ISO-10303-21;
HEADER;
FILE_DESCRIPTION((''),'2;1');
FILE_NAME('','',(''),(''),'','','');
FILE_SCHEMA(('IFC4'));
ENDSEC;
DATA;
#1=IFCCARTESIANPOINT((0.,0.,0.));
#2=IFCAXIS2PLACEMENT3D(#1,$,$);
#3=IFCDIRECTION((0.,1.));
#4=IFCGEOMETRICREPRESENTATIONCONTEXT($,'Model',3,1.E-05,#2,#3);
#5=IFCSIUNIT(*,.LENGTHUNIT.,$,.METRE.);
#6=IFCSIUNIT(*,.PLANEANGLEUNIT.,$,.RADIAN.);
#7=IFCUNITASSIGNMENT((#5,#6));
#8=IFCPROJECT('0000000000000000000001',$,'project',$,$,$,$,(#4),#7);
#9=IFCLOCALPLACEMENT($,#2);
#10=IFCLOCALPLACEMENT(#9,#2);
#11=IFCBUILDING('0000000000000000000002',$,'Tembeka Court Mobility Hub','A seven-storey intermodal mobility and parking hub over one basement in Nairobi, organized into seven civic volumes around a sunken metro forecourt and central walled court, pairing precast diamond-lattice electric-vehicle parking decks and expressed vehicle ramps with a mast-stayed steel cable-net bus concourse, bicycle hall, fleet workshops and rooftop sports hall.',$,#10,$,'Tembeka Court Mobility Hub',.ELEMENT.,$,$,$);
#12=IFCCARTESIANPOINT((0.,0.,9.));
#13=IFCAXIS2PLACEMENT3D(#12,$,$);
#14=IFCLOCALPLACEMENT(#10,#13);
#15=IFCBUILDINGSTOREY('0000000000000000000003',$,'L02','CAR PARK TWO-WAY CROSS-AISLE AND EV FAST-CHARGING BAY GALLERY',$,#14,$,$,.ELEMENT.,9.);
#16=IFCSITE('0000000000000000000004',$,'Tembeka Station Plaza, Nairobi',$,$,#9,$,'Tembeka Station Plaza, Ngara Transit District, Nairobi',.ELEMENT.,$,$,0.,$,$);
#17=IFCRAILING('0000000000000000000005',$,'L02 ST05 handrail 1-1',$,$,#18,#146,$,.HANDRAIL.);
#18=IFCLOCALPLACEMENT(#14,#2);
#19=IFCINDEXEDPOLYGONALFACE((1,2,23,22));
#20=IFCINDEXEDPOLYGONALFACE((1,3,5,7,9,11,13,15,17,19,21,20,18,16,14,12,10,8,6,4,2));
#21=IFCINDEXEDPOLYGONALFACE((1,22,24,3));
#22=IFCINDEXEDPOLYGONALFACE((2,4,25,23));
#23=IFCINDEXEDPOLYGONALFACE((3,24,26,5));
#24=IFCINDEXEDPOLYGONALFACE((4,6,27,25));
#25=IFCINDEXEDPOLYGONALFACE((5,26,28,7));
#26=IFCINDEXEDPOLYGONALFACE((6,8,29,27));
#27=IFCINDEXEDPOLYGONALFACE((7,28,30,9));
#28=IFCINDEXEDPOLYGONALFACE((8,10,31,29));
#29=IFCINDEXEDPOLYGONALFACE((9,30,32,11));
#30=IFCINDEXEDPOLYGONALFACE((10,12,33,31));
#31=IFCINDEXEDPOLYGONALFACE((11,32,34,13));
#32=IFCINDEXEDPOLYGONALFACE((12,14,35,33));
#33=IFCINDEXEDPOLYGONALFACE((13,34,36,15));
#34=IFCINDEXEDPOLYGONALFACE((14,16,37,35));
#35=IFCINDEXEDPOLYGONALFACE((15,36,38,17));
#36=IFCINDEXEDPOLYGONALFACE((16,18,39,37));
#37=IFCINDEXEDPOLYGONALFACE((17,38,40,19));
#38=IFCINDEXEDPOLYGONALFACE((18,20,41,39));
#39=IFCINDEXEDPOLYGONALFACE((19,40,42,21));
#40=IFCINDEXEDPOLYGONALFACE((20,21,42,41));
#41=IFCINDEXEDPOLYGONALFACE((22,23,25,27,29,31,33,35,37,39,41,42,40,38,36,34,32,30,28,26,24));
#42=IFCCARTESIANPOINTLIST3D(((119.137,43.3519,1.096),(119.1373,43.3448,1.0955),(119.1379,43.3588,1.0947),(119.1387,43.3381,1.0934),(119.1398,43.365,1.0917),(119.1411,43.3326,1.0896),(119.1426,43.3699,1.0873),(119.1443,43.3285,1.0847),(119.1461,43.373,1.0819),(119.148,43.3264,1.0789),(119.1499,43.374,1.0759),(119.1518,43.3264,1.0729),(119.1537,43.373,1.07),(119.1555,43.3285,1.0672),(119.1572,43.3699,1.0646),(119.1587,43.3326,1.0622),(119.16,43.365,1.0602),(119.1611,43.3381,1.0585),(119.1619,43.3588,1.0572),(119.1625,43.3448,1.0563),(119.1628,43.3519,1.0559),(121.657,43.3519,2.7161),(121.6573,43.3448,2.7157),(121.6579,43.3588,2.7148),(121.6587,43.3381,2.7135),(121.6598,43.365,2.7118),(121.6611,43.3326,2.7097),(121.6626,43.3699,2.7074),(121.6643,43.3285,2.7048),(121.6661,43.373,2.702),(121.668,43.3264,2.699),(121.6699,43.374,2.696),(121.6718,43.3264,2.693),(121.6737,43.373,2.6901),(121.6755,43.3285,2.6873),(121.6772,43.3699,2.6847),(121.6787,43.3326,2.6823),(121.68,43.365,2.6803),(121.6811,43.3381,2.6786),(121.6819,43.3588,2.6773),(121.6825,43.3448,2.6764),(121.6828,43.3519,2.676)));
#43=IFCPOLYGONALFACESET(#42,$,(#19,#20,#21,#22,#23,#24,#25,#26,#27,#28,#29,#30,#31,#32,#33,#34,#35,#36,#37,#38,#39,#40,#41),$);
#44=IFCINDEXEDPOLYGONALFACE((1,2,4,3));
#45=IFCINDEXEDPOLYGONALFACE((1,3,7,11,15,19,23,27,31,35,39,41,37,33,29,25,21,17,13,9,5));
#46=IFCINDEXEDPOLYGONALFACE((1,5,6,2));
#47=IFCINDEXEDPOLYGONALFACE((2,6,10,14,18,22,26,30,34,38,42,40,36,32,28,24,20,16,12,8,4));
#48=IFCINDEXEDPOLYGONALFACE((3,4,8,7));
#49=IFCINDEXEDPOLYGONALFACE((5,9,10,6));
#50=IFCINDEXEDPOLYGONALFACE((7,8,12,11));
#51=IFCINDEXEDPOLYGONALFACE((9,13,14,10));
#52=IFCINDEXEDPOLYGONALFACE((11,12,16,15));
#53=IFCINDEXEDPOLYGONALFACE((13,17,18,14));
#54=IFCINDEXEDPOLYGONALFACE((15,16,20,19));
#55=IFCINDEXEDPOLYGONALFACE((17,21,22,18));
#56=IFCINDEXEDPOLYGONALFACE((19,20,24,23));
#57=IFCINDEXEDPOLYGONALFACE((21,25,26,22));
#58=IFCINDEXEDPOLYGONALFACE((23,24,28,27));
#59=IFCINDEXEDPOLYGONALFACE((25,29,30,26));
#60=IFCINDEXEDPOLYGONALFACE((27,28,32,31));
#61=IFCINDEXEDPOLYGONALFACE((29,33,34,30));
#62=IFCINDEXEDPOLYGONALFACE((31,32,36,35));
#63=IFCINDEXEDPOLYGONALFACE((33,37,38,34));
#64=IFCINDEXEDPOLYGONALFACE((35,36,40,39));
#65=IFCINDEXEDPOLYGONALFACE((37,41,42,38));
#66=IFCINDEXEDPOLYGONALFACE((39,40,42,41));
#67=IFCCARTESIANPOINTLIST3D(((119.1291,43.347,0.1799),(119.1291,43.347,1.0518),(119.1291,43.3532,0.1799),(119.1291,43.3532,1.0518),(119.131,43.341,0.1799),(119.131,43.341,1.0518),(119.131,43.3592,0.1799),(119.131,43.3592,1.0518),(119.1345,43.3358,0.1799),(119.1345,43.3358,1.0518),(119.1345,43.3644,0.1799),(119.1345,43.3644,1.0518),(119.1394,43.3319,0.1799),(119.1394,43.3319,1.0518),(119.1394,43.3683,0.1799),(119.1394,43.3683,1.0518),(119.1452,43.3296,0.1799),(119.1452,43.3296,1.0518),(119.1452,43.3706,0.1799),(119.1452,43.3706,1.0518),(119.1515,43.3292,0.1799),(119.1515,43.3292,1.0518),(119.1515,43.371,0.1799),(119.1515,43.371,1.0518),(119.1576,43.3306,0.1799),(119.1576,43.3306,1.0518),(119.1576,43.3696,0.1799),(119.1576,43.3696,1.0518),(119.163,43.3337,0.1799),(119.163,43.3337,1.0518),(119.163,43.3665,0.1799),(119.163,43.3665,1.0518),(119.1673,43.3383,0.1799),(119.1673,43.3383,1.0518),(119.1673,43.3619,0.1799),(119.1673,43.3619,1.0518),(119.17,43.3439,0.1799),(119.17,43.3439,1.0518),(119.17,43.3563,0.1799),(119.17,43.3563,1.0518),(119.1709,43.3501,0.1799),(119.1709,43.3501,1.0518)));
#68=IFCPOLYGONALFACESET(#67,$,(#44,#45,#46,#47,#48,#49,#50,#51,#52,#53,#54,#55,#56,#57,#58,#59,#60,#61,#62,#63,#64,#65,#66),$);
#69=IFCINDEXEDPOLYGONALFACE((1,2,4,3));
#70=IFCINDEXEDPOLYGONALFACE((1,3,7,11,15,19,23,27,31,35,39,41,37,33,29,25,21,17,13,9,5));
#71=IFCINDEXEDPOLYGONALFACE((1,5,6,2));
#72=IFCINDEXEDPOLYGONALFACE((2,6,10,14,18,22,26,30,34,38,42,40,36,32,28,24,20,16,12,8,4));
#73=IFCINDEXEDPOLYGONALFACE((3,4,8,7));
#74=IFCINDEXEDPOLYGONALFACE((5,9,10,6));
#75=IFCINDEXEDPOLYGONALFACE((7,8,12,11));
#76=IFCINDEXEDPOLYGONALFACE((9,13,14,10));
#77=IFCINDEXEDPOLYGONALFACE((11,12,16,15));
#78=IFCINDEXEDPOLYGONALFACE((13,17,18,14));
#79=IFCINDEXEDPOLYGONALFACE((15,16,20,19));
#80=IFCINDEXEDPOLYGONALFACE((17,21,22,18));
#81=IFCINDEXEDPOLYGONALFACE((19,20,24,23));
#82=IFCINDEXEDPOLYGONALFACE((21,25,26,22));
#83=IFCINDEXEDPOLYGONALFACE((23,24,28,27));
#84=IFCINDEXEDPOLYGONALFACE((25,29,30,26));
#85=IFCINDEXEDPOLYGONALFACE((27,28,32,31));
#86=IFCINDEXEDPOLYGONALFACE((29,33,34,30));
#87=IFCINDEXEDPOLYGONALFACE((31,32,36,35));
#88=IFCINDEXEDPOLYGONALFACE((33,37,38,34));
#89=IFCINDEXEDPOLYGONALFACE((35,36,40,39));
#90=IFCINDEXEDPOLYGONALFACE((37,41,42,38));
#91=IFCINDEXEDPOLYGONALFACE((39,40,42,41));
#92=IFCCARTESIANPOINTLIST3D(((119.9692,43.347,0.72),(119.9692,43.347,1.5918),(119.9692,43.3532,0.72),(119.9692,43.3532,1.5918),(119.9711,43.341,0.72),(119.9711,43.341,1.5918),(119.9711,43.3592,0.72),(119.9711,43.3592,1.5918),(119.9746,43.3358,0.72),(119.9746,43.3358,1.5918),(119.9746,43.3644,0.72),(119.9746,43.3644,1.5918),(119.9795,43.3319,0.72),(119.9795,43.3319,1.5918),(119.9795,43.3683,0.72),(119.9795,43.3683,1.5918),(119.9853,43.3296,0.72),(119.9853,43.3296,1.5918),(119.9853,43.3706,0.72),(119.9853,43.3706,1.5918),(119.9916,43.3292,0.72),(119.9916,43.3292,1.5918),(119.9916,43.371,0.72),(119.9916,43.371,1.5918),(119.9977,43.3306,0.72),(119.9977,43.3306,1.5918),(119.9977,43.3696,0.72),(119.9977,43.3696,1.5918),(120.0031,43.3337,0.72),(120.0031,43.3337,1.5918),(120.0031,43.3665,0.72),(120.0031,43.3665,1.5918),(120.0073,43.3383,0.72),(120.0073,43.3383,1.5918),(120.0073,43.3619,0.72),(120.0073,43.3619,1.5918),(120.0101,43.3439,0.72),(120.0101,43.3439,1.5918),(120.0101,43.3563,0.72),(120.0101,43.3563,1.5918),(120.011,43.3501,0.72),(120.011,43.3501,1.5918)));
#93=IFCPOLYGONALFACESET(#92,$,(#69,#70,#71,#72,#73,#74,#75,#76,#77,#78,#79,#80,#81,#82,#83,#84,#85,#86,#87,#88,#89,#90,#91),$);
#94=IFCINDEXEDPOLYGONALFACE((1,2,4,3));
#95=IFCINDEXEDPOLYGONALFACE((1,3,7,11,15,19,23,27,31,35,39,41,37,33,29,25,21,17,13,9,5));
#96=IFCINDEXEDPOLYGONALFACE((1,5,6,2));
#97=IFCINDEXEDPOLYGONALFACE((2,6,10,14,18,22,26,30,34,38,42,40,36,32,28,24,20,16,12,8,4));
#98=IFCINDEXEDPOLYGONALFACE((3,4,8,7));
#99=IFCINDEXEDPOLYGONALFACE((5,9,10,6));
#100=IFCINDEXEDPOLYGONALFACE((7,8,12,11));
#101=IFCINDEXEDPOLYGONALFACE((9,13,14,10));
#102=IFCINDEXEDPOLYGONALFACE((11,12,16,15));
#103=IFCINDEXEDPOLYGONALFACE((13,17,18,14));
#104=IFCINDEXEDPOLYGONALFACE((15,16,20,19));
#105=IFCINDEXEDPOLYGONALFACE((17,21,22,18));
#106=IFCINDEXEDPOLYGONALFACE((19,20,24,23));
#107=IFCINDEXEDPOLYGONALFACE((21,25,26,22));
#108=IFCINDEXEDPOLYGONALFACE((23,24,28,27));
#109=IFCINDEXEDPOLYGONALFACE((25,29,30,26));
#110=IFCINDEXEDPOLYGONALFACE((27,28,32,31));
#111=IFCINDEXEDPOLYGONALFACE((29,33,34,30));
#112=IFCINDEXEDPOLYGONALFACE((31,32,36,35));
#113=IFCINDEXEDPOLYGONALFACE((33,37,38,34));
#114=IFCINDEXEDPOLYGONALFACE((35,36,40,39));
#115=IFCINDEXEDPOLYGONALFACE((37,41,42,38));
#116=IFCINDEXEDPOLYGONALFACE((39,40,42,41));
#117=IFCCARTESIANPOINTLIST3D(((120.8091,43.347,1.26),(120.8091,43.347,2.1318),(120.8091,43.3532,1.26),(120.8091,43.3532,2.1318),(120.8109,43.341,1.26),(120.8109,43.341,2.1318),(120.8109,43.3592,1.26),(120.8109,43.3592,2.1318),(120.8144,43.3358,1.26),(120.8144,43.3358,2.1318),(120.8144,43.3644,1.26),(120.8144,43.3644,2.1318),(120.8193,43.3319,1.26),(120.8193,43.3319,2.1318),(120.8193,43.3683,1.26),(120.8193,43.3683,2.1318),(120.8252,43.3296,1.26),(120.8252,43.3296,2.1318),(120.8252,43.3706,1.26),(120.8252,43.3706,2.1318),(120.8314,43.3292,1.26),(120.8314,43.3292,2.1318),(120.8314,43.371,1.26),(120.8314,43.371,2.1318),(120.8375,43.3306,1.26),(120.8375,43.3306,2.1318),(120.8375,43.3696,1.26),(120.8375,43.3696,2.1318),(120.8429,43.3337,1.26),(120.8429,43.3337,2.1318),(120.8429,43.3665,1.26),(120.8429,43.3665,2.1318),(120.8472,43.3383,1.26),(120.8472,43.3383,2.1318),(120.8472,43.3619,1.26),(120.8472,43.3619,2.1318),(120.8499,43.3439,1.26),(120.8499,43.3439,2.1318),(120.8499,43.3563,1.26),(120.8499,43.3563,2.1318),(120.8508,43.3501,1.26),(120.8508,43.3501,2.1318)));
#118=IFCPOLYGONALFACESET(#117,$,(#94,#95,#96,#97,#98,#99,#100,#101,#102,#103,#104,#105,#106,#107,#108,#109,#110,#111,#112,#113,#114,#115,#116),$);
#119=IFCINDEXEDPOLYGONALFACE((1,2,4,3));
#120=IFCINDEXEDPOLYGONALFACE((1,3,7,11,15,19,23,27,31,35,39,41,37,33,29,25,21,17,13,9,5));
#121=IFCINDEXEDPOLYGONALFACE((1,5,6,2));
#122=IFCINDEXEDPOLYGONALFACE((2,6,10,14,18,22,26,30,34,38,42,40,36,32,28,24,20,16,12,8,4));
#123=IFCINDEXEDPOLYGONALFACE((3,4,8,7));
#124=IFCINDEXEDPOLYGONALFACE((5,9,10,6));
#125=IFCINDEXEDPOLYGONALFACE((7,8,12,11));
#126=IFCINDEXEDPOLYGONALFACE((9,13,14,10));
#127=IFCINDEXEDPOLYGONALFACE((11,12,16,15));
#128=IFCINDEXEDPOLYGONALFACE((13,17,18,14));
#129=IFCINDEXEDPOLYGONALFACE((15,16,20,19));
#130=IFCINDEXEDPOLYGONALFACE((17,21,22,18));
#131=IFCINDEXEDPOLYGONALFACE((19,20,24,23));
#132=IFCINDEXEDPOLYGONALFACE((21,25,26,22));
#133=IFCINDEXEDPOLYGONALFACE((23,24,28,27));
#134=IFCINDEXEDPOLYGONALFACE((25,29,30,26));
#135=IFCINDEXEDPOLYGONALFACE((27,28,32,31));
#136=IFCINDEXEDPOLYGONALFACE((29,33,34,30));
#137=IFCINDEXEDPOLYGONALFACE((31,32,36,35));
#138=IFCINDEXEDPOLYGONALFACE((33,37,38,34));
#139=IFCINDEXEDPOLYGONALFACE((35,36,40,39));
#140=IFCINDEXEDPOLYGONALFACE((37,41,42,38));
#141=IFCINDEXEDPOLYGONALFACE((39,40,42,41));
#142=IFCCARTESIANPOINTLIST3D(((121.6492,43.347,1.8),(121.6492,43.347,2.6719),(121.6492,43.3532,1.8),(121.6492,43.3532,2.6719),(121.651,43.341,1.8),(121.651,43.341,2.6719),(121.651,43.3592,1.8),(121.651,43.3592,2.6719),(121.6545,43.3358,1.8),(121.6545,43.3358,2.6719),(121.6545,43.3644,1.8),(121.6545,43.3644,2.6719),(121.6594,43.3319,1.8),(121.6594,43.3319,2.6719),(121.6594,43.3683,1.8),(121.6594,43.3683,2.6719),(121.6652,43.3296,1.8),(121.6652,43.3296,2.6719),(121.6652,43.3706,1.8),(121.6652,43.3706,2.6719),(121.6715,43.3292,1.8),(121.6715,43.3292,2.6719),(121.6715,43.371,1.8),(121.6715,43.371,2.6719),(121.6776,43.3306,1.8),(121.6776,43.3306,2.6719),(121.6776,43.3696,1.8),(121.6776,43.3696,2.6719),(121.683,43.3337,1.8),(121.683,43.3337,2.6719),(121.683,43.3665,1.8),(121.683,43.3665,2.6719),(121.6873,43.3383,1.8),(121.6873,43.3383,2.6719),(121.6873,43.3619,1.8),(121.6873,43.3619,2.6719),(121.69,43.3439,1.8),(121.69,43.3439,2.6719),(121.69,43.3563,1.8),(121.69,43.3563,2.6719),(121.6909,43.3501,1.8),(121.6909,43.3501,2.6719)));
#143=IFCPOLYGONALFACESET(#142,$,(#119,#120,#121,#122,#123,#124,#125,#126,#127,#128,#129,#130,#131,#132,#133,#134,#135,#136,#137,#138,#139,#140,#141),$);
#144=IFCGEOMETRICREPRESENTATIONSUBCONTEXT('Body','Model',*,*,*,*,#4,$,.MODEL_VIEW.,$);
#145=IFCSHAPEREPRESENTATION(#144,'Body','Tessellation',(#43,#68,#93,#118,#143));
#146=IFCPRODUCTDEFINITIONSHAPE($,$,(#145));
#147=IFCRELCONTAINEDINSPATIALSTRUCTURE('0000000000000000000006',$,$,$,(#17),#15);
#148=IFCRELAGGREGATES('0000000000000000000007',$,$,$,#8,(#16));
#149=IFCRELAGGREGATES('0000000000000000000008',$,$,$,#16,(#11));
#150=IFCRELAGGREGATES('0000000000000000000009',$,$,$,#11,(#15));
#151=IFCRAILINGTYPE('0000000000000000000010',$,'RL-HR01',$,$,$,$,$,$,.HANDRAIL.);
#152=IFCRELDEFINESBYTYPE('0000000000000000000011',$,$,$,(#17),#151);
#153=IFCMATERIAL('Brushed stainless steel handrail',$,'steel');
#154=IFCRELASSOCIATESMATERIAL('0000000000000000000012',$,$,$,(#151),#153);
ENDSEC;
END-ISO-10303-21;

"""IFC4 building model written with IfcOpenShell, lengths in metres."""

from ifc_helpers import new_model, si_unit, direction, frame, origin, origin_2d, place, context, subcontext, project, spatial, circle, extrude, material, type_object, element, save


model = new_model("IFC4")

# Units and contexts
model_context = context("Model", 3, precision=1e-05, world=origin(), true_north=direction((0.0, 1.0)))
body_context = subcontext(model_context, "Body", "Model", "MODEL_VIEW")
ifc_project = project(units=[si_unit("LENGTHUNIT", "METRE"), si_unit("PLANEANGLEUNIT", "RADIAN")], contexts=[model_context])

# Site, building, storey
site_placement = place(None, origin())
site = spatial("IfcSite", under=ifc_project, at=site_placement, Name="Tembeka Station Plaza, Nairobi", LongName="Tembeka Station Plaza, Ngara Transit District, Nairobi", CompositionType="ELEMENT", RefElevation=0.0)
building_placement = place(site_placement, origin())
building = spatial("IfcBuilding", under=site, at=building_placement, Name="Tembeka Court Mobility Hub", Description="A seven-storey intermodal mobility and parking hub over one basement in Nairobi, organized into seven civic volumes around a sunken metro forecourt and central walled court, pairing precast diamond-lattice electric-vehicle parking decks and expressed vehicle ramps with a mast-stayed steel cable-net bus concourse, bicycle hall, fleet workshops and rooftop sports hall.", LongName="Tembeka Court Mobility Hub", CompositionType="ELEMENT")
storey_placement = place(building_placement, frame((0.0, 0.0, 9.0)))
storey = spatial("IfcBuildingStorey", under=building, at=storey_placement, Name="L02", Description="CAR PARK TWO-WAY CROSS-AISLE AND EV FAST-CHARGING BAY GALLERY", CompositionType="ELEMENT", Elevation=9.0)

# Railing
ifc_material_1 = material(Name="Brushed stainless steel handrail", Category="steel")
railing_type_1 = type_object("IfcRailingType", Name="RL-HR01", PredefinedType="HANDRAIL", material=ifc_material_1)
railing_1_placement = place(storey_placement, frame((119.1499, 43.3501, 0.1799)))
element("IfcRailing", 1, at=railing_1_placement, inside=storey, type_object=railing_type_1, Name="L02 ST05 handrail 1-1", PredefinedType="HANDRAIL", context=body_context, shape_type="SweptSolid", body=[
    extrude(circle(Radius=0.0239, at=origin_2d()), frame((0.0, 0.0, 0.896), z_axis=(0.841163, 0.0, 0.540782), x_axis=(0.0, 1.0, 0.0)), (0.0, 0.0, 1.0), 2.9958),
    extrude(circle(Radius=0.021, at=origin_2d()), origin(), (0.0, 0.0, 1.0), 0.8718),
    extrude(circle(Radius=0.021, at=origin_2d()), frame((0.8401, 0.0, 0.54)), (0.0, 0.0, 1.0), 0.8718),
    extrude(circle(Radius=0.021, at=origin_2d()), frame((1.6799, 0.0, 1.0801)), (0.0, 0.0, 1.0), 0.8718),
    extrude(circle(Radius=0.021, at=origin_2d()), frame((2.52, 0.0, 1.6201)), (0.0, 0.0, 1.0), 0.8718),
])

save(model, "model.ifc")
